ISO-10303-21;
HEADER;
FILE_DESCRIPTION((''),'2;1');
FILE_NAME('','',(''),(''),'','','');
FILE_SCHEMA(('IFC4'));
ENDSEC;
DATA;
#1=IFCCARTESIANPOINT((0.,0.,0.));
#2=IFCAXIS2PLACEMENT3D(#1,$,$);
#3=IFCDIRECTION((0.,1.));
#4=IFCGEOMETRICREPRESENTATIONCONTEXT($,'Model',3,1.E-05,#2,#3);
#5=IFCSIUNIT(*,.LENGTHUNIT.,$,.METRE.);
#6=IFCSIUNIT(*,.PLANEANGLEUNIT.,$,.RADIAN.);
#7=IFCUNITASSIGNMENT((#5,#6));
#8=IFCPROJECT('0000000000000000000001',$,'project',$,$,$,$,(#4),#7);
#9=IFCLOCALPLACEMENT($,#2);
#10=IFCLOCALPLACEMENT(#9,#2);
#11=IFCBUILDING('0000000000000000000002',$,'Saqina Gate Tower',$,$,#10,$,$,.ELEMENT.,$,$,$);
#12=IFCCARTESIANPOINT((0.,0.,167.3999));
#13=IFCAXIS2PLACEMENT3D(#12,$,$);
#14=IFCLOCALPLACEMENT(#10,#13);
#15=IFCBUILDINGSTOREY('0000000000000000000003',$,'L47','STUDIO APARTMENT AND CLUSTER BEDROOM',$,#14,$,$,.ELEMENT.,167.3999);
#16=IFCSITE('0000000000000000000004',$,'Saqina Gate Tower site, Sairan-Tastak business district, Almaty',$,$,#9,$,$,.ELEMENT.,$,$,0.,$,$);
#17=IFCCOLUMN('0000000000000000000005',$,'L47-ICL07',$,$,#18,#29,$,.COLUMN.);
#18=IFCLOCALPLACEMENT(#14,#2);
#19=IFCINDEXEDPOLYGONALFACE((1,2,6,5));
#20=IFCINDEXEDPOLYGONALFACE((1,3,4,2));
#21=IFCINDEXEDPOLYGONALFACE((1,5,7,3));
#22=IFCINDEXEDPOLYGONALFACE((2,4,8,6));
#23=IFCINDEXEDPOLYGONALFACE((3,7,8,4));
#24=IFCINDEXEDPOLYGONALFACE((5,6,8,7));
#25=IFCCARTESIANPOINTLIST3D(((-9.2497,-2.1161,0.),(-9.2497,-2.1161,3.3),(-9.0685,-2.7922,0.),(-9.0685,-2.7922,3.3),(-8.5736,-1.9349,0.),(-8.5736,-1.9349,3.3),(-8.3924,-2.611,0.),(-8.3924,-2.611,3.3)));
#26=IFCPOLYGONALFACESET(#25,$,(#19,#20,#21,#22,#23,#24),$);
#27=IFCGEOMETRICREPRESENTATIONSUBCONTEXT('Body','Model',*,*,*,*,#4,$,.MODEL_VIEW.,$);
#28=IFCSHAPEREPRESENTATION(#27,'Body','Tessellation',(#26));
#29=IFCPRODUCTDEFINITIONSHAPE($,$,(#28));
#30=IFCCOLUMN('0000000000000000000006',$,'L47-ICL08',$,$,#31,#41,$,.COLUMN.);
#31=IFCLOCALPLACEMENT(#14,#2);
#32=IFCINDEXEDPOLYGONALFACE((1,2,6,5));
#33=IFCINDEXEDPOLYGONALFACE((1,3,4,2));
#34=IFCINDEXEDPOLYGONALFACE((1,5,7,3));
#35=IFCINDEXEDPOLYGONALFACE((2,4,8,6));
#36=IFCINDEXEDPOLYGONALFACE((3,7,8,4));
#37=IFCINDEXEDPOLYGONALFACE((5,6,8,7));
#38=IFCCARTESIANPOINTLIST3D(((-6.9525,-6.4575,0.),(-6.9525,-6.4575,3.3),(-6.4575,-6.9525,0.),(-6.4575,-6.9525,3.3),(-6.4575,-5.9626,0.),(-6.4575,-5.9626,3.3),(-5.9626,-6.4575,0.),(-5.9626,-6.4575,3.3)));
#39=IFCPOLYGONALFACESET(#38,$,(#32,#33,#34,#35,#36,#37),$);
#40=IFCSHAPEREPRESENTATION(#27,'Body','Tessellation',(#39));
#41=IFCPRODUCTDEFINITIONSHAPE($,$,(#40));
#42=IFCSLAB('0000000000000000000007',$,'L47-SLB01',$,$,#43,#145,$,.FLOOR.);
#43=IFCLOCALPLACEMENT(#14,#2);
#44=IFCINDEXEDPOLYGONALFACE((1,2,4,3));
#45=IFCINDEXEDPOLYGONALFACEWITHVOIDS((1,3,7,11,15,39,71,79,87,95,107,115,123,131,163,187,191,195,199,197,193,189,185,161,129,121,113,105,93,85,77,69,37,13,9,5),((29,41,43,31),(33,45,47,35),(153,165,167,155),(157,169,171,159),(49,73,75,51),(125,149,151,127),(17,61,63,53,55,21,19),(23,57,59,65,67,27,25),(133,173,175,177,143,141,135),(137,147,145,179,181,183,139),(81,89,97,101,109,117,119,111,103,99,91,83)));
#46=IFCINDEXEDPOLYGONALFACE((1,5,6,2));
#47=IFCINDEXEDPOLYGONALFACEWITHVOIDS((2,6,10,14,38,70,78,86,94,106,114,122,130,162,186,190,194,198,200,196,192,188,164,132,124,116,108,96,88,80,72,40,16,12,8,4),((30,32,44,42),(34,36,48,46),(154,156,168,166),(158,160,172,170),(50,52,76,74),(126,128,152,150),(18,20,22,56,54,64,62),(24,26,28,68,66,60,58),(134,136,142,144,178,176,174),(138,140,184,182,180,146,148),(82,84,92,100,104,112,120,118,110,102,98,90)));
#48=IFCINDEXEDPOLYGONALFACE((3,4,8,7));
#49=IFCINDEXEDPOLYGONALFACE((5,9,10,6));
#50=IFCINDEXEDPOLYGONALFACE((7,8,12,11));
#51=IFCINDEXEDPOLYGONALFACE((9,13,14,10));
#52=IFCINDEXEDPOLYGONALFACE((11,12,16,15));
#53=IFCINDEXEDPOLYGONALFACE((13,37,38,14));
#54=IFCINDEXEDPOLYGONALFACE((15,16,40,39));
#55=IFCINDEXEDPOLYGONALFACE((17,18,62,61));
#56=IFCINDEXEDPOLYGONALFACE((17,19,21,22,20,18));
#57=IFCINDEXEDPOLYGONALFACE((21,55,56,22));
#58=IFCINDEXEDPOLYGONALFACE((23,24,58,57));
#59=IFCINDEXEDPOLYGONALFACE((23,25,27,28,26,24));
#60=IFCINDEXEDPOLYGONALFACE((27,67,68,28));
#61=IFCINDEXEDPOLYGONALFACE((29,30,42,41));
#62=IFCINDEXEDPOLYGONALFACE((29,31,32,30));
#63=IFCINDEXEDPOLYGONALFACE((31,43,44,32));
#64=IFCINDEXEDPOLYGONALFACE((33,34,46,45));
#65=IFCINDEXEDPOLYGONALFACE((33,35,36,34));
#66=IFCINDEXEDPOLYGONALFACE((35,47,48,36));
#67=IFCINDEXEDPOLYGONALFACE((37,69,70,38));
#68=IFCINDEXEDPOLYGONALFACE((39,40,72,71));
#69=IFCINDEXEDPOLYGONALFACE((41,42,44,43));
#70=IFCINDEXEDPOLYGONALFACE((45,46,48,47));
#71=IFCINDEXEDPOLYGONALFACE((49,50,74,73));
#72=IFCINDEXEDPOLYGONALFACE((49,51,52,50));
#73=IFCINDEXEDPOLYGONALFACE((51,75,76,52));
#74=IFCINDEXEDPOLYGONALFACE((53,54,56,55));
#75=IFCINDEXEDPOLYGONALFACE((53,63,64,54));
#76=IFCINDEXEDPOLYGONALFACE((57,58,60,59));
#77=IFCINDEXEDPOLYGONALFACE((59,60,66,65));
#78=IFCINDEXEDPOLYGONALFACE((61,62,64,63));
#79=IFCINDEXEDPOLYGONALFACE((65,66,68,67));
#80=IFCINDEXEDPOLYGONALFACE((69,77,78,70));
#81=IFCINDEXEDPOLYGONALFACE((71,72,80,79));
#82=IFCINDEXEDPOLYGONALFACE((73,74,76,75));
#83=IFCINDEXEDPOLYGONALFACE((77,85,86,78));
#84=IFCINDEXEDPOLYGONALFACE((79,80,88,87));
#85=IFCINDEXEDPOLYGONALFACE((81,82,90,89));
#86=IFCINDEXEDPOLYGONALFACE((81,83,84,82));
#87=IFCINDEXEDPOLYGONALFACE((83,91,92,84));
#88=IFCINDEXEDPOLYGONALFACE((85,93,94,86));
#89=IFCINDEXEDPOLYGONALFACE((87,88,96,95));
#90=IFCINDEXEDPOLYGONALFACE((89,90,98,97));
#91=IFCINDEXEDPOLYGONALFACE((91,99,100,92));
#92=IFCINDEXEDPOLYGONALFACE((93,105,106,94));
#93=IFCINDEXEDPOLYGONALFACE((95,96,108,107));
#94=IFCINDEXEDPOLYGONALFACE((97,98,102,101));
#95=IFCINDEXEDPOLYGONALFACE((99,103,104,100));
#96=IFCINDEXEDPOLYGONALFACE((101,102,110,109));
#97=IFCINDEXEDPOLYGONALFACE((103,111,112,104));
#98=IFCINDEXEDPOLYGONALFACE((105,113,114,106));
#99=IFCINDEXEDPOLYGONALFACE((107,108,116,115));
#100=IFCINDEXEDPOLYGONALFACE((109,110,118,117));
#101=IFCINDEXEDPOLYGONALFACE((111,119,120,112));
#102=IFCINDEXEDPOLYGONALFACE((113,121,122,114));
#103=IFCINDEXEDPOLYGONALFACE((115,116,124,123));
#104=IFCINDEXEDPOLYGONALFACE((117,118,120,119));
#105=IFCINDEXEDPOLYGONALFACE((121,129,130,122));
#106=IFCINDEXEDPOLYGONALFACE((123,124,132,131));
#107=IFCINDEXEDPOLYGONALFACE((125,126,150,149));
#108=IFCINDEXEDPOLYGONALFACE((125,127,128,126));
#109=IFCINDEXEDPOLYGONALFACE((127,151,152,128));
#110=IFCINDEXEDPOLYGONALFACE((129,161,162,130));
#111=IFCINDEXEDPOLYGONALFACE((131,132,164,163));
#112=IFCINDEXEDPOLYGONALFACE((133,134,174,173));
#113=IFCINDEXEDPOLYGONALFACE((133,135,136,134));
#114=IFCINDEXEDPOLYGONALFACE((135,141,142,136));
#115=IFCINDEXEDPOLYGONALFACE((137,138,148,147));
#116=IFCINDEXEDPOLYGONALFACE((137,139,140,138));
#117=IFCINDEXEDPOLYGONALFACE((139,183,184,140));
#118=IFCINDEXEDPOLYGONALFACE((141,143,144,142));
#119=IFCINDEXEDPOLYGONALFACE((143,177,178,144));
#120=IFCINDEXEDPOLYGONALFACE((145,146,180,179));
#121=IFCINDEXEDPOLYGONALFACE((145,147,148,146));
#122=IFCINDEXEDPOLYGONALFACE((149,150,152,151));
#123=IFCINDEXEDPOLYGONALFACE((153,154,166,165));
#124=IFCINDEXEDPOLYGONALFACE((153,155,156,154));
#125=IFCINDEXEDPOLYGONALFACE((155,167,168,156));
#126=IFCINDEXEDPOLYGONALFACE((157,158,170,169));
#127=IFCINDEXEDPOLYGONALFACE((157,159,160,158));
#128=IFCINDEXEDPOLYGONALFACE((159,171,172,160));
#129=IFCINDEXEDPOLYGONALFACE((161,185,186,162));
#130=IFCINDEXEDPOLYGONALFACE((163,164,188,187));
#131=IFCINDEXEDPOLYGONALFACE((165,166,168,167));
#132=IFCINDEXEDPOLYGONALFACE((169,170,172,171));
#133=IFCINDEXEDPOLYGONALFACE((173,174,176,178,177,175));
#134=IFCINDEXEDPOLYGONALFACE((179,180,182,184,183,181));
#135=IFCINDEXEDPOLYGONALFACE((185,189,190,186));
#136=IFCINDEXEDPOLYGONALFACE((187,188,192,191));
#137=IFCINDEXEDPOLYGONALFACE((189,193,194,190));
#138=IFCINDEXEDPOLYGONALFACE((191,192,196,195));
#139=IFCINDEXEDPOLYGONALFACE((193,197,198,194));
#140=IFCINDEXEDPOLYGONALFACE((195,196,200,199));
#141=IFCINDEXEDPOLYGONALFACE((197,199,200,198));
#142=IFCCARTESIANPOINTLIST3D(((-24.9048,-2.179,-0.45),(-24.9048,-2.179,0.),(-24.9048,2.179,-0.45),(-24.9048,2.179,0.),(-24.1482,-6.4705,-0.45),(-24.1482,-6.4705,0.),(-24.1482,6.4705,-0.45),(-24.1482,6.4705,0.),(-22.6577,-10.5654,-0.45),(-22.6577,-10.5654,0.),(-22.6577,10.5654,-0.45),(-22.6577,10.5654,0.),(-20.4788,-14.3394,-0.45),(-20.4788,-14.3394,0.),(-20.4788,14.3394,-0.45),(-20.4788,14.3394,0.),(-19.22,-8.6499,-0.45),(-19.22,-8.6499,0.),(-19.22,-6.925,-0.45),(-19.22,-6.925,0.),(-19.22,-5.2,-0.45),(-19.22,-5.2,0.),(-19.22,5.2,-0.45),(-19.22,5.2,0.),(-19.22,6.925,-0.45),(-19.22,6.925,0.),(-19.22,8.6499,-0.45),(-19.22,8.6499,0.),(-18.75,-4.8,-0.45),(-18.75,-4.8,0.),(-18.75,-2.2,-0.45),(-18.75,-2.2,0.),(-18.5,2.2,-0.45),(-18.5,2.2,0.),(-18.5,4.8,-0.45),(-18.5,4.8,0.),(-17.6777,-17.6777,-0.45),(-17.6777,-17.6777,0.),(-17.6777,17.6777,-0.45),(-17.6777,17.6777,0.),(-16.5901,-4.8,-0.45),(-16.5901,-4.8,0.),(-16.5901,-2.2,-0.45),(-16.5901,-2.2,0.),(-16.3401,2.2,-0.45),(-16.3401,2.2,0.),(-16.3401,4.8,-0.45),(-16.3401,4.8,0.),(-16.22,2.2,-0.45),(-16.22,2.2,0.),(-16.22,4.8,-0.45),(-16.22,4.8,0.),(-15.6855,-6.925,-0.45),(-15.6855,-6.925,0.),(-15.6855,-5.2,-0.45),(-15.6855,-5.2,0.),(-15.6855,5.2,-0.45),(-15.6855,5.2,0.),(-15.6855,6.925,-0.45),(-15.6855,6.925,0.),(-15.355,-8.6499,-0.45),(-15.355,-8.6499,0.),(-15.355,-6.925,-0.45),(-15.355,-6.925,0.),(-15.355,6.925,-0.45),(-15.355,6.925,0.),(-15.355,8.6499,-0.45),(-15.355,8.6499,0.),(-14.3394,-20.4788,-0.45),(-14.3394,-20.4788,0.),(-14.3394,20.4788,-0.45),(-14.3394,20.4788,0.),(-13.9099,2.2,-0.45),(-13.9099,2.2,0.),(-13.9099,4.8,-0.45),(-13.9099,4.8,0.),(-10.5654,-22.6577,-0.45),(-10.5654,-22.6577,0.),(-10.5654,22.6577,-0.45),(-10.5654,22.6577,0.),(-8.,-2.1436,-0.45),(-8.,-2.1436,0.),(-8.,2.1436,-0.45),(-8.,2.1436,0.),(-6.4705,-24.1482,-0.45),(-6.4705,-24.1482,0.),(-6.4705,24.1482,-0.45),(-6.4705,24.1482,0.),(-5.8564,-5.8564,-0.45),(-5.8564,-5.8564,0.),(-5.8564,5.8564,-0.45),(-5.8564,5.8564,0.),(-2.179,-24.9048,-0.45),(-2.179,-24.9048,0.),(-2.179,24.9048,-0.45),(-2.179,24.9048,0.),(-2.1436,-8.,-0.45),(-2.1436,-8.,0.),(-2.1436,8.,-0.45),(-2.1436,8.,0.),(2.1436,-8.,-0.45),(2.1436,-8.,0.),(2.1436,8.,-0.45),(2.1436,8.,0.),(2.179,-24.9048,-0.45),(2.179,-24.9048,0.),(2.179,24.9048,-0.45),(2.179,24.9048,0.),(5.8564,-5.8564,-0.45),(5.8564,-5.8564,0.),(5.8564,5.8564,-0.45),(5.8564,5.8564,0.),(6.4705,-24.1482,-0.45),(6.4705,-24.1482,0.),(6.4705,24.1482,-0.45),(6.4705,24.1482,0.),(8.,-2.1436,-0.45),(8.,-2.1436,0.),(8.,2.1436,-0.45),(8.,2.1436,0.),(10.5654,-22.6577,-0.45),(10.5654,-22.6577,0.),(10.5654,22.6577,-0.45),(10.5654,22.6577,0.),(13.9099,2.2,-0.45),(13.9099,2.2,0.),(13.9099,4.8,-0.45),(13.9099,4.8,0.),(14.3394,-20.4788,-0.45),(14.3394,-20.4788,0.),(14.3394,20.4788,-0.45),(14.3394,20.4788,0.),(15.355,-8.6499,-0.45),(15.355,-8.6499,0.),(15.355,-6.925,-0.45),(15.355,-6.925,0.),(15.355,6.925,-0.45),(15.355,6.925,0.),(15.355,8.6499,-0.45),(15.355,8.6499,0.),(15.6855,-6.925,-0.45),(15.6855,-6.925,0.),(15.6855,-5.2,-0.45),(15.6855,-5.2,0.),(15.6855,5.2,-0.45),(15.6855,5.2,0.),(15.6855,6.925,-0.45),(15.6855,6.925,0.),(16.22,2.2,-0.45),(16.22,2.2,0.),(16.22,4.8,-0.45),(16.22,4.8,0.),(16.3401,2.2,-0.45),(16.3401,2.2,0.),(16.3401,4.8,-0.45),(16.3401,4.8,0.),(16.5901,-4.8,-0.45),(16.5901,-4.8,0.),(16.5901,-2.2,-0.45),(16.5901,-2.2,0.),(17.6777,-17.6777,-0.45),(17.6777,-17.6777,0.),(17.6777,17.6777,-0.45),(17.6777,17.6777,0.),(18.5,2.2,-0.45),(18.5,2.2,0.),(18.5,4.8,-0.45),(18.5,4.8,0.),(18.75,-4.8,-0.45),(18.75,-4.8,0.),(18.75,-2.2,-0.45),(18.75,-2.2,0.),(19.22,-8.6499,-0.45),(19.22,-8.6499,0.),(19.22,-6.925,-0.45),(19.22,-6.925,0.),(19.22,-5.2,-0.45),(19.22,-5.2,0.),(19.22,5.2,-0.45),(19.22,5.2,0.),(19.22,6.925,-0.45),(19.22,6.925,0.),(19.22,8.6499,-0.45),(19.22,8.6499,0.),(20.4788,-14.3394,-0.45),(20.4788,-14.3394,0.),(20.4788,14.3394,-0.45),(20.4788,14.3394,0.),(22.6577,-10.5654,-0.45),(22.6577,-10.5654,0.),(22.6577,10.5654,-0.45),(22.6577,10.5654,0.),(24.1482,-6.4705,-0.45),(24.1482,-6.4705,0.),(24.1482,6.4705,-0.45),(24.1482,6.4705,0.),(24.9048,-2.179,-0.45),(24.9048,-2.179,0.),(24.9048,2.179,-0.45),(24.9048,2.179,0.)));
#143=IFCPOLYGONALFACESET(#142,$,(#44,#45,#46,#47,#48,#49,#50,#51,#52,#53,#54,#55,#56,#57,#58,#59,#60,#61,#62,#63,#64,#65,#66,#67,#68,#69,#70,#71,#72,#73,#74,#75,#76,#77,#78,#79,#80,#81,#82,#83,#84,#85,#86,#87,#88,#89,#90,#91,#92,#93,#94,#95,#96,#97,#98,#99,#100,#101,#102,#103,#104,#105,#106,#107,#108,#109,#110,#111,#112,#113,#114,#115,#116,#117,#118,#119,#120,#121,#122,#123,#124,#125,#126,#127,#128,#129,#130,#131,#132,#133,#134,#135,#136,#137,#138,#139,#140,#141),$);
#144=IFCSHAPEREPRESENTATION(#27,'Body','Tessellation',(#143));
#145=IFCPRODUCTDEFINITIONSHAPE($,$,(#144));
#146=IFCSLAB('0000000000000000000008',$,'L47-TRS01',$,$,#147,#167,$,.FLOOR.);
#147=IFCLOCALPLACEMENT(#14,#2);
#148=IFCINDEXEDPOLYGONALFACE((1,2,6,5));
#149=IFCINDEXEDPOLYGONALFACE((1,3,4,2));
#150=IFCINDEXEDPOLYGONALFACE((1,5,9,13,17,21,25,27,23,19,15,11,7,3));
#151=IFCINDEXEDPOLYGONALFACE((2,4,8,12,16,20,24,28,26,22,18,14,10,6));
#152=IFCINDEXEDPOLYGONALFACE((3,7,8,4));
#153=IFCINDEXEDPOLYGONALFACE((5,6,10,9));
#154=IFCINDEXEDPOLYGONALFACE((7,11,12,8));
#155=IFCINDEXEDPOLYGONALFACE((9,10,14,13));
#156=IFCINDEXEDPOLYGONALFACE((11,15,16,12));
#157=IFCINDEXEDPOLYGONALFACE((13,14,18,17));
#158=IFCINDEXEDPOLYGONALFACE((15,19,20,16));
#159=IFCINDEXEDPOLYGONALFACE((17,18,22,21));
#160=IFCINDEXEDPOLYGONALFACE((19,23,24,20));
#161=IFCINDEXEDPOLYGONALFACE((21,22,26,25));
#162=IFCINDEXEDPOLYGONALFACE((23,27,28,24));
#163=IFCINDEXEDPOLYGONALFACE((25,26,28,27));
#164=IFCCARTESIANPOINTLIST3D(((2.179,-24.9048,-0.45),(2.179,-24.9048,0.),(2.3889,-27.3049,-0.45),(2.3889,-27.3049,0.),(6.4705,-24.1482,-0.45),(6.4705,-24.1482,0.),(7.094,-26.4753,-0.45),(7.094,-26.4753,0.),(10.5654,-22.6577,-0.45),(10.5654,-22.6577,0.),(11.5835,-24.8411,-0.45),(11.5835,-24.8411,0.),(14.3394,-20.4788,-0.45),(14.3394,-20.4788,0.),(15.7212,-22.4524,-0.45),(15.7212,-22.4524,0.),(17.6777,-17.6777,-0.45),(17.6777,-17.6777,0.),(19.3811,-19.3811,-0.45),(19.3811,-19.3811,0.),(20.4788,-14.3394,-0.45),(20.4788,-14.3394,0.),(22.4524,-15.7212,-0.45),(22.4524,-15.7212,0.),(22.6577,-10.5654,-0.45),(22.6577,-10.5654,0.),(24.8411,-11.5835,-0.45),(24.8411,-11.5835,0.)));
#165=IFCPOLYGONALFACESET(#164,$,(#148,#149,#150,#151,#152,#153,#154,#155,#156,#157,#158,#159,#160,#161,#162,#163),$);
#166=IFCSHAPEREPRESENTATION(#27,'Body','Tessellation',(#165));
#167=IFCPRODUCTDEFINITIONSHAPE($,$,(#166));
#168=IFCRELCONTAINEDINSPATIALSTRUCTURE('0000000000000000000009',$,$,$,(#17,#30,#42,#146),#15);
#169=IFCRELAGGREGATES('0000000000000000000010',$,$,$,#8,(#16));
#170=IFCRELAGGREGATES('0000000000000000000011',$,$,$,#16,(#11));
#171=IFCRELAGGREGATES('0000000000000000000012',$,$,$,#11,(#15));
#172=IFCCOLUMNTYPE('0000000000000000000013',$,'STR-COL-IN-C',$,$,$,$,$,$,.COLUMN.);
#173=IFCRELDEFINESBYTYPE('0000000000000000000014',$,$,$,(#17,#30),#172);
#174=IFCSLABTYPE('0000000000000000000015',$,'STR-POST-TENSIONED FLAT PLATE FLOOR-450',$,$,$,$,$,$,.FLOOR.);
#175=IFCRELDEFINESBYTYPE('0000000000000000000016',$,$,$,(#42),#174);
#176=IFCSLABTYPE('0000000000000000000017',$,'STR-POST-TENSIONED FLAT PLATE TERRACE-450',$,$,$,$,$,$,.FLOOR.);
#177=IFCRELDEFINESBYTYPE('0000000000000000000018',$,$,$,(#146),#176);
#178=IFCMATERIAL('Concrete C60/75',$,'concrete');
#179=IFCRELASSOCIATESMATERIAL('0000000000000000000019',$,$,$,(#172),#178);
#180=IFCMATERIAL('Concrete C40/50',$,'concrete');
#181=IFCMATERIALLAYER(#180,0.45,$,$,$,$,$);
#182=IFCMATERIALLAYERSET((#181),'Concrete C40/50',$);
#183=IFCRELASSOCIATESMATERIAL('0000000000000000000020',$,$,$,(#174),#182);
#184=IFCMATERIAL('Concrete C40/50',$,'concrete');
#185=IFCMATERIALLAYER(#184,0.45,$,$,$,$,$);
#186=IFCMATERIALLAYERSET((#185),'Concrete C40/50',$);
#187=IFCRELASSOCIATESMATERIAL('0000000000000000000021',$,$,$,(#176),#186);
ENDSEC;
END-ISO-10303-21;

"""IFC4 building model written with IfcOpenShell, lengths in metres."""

from ifc_helpers import new_model, si_unit, direction, frame, origin, origin_2d, place, context, subcontext, project, spatial, polyline, rectangle, outline, extrude, material, layer, layer_set, material_profile, profile_set, type_object, element, save


model = new_model("IFC4")

# Units and contexts
model_context = context("Model", 3, precision=1e-05, world=origin(), true_north=direction((0.0, 1.0)))
body_context = subcontext(model_context, "Body", "Model", "MODEL_VIEW")
ifc_project = project(units=[si_unit("LENGTHUNIT", "METRE"), si_unit("PLANEANGLEUNIT", "RADIAN")], contexts=[model_context])

# Site, building, storey
site_placement = place(None, origin())
site = spatial("IfcSite", under=ifc_project, at=site_placement, Name="Saqina Gate Tower site, Sairan-Tastak business district, Almaty", CompositionType="ELEMENT", RefElevation=0.0)
building_placement = place(site_placement, origin())
building = spatial("IfcBuilding", under=site, at=building_placement, Name="Saqina Gate Tower", CompositionType="ELEMENT")
storey_placement = place(building_placement, frame((0.0, 0.0, 167.3999)))
storey = spatial("IfcBuildingStorey", under=building, at=storey_placement, Name="L47", Description="STUDIO APARTMENT AND CLUSTER BEDROOM", CompositionType="ELEMENT", Elevation=167.3999)

# Columns
ifc_material_1 = material(Name="Concrete C60/75", Category="concrete")
ifc_material_profile = material_profile(ifc_material_1, rectangle(XDim=0.7, YDim=0.7, at=origin_2d()), Name="RC 700x700")
ifc_profile_set = profile_set([ifc_material_profile], Name="Concrete C60/75")
column_type = type_object("IfcColumnType", Name="STR-COL-IN-C", PredefinedType="COLUMN", material=ifc_profile_set)
for number, where, z_axis, x_axis, name in (
    (1, (-8.821, -2.3635, 0.0), (0.0, 0.0, 1.0), (-0.965926, -0.258819, 0.0), "L47-ICL07"),
    (2, (-6.4575, -6.4575, 0.0), (0.0, 0.0, 1.0), (-0.707107, -0.707107, 0.0), "L47-ICL08"),
):
    element("IfcColumn", number, at=place(storey_placement, frame(where, z_axis=z_axis, x_axis=x_axis)), inside=storey, type_object=column_type, Name=name, PredefinedType="COLUMN", context=body_context, shape_type="SweptSolid", body=[
        extrude(rectangle(XDim=0.7, YDim=0.7, at=origin_2d()), origin(), (0.0, 0.0, 1.0), 3.3),
    ])

# Slabs
ifc_material_2 = material(Name="Concrete C40/50", Category="concrete")
ifc_layer_1 = layer(ifc_material_2, 0.45)
ifc_layer_set_1 = layer_set([ifc_layer_1], Name="Concrete C40/50")
slab_type_1 = type_object("IfcSlabType", Name="STR-POST-TENSIONED FLAT PLATE FLOOR-450", PredefinedType="FLOOR", material=ifc_layer_set_1)
slab_1_placement = place(storey_placement, frame((0.0, 0.0, -0.45)))
element("IfcSlab", 3, at=slab_1_placement, inside=storey, type_object=slab_type_1, Name="L47-SLB01", PredefinedType="FLOOR", context=body_context, shape_type="SweptSolid", body=[
    extrude(outline(polyline([(24.1482, -6.4705), (24.9048, -2.179), (24.9048, 2.179), (24.1482, 6.4705), (22.6577, 10.5654), (20.4788, 14.3394), (17.6777, 17.6777), (14.3394, 20.4788), (10.5654, 22.6577), (6.4705, 24.1482), (2.179, 24.9048), (-2.179, 24.9048), (-6.4705, 24.1482), (-10.5654, 22.6577), (-14.3394, 20.4788), (-17.6777, 17.6777), (-20.4788, 14.3394), (-22.6577, 10.5654), (-24.1482, 6.4705), (-24.9048, 2.179), (-24.9048, -2.179), (-24.1482, -6.4705), (-22.6577, -10.5654), (-20.4788, -14.3394), (-17.6777, -17.6777), (-14.3394, -20.4788), (-10.5654, -22.6577), (-6.4705, -24.1482), (-2.179, -24.9048), (2.179, -24.9048), (6.4705, -24.1482), (10.5654, -22.6577), (14.3394, -20.4788), (17.6777, -17.6777), (20.4788, -14.3394), (22.6577, -10.5654), (24.1482, -6.4705)]), holes=[polyline([(2.1436, 8.0), (5.8564, 5.8564), (8.0, 2.1436), (8.0, -2.1436), (5.8564, -5.8564), (2.1436, -8.0), (-2.1436, -8.0), (-5.8564, -5.8564), (-8.0, -2.1436), (-8.0, 2.1436), (-5.8564, 5.8564), (-2.1436, 8.0), (2.1436, 8.0)]), polyline([(-15.355, -8.6499), (-19.22, -8.6499), (-19.22, -6.925), (-19.22, -5.2), (-15.6855, -5.2), (-15.6855, -6.925), (-15.355, -6.925), (-15.355, -8.6499)]), polyline([(-16.5901, -2.2), (-16.5901, -4.8), (-18.75, -4.8), (-18.75, -2.2), (-16.5901, -2.2)]), polyline([(-16.3401, 4.8), (-16.3401, 2.2), (-18.5, 2.2), (-18.5, 4.8), (-16.3401, 4.8)]), polyline([(-13.9099, 4.8), (-13.9099, 2.2), (-16.22, 2.2), (-16.22, 4.8), (-13.9099, 4.8)]), polyline([(-19.22, 6.925), (-19.22, 8.6499), (-15.355, 8.6499), (-15.355, 6.925), (-15.6855, 6.925), (-15.6855, 5.2), (-19.22, 5.2), (-19.22, 6.925)]), polyline([(15.355, -8.6499), (15.355, -6.925), (15.6855, -6.925), (15.6855, -5.2), (19.22, -5.2), (19.22, -6.925), (19.22, -8.6499), (15.355, -8.6499)]), polyline([(18.75, -2.2), (18.75, -4.8), (16.5901, -4.8), (16.5901, -2.2), (18.75, -2.2)]), polyline([(16.22, 4.8), (16.22, 2.2), (13.9099, 2.2), (13.9099, 4.8), (16.22, 4.8)]), polyline([(18.5, 4.8), (18.5, 2.2), (16.3401, 2.2), (16.3401, 4.8), (18.5, 4.8)]), polyline([(15.6855, 6.925), (15.355, 6.925), (15.355, 8.6499), (19.22, 8.6499), (19.22, 6.925), (19.22, 5.2), (15.6855, 5.2), (15.6855, 6.925)])]), origin(), (0.0, 0.0, 1.0), 0.45),
])
ifc_material_3 = material(Name="Concrete C40/50", Category="concrete")
ifc_layer_2 = layer(ifc_material_3, 0.45)
ifc_layer_set_2 = layer_set([ifc_layer_2], Name="Concrete C40/50")
slab_type_2 = type_object("IfcSlabType", Name="STR-POST-TENSIONED FLAT PLATE TERRACE-450", PredefinedType="FLOOR", material=ifc_layer_set_2)
slab_2_placement = place(storey_placement, frame((0.0, 0.0, -0.45)))
element("IfcSlab", 4, at=slab_2_placement, inside=storey, type_object=slab_type_2, Name="L47-TRS01", PredefinedType="FLOOR", context=body_context, shape_type="SweptSolid", body=[
    extrude(outline(polyline([(2.179, -24.9048), (6.4705, -24.1482), (10.5654, -22.6577), (14.3394, -20.4788), (17.6777, -17.6777), (20.4788, -14.3394), (22.6577, -10.5654), (24.8411, -11.5835), (22.4524, -15.7212), (19.3811, -19.3811), (15.7212, -22.4524), (11.5835, -24.8411), (7.094, -26.4753), (2.3889, -27.3049), (2.179, -24.9048)])), origin(), (0.0, 0.0, 1.0), 0.45),
])

save(model, "model.ifc")
